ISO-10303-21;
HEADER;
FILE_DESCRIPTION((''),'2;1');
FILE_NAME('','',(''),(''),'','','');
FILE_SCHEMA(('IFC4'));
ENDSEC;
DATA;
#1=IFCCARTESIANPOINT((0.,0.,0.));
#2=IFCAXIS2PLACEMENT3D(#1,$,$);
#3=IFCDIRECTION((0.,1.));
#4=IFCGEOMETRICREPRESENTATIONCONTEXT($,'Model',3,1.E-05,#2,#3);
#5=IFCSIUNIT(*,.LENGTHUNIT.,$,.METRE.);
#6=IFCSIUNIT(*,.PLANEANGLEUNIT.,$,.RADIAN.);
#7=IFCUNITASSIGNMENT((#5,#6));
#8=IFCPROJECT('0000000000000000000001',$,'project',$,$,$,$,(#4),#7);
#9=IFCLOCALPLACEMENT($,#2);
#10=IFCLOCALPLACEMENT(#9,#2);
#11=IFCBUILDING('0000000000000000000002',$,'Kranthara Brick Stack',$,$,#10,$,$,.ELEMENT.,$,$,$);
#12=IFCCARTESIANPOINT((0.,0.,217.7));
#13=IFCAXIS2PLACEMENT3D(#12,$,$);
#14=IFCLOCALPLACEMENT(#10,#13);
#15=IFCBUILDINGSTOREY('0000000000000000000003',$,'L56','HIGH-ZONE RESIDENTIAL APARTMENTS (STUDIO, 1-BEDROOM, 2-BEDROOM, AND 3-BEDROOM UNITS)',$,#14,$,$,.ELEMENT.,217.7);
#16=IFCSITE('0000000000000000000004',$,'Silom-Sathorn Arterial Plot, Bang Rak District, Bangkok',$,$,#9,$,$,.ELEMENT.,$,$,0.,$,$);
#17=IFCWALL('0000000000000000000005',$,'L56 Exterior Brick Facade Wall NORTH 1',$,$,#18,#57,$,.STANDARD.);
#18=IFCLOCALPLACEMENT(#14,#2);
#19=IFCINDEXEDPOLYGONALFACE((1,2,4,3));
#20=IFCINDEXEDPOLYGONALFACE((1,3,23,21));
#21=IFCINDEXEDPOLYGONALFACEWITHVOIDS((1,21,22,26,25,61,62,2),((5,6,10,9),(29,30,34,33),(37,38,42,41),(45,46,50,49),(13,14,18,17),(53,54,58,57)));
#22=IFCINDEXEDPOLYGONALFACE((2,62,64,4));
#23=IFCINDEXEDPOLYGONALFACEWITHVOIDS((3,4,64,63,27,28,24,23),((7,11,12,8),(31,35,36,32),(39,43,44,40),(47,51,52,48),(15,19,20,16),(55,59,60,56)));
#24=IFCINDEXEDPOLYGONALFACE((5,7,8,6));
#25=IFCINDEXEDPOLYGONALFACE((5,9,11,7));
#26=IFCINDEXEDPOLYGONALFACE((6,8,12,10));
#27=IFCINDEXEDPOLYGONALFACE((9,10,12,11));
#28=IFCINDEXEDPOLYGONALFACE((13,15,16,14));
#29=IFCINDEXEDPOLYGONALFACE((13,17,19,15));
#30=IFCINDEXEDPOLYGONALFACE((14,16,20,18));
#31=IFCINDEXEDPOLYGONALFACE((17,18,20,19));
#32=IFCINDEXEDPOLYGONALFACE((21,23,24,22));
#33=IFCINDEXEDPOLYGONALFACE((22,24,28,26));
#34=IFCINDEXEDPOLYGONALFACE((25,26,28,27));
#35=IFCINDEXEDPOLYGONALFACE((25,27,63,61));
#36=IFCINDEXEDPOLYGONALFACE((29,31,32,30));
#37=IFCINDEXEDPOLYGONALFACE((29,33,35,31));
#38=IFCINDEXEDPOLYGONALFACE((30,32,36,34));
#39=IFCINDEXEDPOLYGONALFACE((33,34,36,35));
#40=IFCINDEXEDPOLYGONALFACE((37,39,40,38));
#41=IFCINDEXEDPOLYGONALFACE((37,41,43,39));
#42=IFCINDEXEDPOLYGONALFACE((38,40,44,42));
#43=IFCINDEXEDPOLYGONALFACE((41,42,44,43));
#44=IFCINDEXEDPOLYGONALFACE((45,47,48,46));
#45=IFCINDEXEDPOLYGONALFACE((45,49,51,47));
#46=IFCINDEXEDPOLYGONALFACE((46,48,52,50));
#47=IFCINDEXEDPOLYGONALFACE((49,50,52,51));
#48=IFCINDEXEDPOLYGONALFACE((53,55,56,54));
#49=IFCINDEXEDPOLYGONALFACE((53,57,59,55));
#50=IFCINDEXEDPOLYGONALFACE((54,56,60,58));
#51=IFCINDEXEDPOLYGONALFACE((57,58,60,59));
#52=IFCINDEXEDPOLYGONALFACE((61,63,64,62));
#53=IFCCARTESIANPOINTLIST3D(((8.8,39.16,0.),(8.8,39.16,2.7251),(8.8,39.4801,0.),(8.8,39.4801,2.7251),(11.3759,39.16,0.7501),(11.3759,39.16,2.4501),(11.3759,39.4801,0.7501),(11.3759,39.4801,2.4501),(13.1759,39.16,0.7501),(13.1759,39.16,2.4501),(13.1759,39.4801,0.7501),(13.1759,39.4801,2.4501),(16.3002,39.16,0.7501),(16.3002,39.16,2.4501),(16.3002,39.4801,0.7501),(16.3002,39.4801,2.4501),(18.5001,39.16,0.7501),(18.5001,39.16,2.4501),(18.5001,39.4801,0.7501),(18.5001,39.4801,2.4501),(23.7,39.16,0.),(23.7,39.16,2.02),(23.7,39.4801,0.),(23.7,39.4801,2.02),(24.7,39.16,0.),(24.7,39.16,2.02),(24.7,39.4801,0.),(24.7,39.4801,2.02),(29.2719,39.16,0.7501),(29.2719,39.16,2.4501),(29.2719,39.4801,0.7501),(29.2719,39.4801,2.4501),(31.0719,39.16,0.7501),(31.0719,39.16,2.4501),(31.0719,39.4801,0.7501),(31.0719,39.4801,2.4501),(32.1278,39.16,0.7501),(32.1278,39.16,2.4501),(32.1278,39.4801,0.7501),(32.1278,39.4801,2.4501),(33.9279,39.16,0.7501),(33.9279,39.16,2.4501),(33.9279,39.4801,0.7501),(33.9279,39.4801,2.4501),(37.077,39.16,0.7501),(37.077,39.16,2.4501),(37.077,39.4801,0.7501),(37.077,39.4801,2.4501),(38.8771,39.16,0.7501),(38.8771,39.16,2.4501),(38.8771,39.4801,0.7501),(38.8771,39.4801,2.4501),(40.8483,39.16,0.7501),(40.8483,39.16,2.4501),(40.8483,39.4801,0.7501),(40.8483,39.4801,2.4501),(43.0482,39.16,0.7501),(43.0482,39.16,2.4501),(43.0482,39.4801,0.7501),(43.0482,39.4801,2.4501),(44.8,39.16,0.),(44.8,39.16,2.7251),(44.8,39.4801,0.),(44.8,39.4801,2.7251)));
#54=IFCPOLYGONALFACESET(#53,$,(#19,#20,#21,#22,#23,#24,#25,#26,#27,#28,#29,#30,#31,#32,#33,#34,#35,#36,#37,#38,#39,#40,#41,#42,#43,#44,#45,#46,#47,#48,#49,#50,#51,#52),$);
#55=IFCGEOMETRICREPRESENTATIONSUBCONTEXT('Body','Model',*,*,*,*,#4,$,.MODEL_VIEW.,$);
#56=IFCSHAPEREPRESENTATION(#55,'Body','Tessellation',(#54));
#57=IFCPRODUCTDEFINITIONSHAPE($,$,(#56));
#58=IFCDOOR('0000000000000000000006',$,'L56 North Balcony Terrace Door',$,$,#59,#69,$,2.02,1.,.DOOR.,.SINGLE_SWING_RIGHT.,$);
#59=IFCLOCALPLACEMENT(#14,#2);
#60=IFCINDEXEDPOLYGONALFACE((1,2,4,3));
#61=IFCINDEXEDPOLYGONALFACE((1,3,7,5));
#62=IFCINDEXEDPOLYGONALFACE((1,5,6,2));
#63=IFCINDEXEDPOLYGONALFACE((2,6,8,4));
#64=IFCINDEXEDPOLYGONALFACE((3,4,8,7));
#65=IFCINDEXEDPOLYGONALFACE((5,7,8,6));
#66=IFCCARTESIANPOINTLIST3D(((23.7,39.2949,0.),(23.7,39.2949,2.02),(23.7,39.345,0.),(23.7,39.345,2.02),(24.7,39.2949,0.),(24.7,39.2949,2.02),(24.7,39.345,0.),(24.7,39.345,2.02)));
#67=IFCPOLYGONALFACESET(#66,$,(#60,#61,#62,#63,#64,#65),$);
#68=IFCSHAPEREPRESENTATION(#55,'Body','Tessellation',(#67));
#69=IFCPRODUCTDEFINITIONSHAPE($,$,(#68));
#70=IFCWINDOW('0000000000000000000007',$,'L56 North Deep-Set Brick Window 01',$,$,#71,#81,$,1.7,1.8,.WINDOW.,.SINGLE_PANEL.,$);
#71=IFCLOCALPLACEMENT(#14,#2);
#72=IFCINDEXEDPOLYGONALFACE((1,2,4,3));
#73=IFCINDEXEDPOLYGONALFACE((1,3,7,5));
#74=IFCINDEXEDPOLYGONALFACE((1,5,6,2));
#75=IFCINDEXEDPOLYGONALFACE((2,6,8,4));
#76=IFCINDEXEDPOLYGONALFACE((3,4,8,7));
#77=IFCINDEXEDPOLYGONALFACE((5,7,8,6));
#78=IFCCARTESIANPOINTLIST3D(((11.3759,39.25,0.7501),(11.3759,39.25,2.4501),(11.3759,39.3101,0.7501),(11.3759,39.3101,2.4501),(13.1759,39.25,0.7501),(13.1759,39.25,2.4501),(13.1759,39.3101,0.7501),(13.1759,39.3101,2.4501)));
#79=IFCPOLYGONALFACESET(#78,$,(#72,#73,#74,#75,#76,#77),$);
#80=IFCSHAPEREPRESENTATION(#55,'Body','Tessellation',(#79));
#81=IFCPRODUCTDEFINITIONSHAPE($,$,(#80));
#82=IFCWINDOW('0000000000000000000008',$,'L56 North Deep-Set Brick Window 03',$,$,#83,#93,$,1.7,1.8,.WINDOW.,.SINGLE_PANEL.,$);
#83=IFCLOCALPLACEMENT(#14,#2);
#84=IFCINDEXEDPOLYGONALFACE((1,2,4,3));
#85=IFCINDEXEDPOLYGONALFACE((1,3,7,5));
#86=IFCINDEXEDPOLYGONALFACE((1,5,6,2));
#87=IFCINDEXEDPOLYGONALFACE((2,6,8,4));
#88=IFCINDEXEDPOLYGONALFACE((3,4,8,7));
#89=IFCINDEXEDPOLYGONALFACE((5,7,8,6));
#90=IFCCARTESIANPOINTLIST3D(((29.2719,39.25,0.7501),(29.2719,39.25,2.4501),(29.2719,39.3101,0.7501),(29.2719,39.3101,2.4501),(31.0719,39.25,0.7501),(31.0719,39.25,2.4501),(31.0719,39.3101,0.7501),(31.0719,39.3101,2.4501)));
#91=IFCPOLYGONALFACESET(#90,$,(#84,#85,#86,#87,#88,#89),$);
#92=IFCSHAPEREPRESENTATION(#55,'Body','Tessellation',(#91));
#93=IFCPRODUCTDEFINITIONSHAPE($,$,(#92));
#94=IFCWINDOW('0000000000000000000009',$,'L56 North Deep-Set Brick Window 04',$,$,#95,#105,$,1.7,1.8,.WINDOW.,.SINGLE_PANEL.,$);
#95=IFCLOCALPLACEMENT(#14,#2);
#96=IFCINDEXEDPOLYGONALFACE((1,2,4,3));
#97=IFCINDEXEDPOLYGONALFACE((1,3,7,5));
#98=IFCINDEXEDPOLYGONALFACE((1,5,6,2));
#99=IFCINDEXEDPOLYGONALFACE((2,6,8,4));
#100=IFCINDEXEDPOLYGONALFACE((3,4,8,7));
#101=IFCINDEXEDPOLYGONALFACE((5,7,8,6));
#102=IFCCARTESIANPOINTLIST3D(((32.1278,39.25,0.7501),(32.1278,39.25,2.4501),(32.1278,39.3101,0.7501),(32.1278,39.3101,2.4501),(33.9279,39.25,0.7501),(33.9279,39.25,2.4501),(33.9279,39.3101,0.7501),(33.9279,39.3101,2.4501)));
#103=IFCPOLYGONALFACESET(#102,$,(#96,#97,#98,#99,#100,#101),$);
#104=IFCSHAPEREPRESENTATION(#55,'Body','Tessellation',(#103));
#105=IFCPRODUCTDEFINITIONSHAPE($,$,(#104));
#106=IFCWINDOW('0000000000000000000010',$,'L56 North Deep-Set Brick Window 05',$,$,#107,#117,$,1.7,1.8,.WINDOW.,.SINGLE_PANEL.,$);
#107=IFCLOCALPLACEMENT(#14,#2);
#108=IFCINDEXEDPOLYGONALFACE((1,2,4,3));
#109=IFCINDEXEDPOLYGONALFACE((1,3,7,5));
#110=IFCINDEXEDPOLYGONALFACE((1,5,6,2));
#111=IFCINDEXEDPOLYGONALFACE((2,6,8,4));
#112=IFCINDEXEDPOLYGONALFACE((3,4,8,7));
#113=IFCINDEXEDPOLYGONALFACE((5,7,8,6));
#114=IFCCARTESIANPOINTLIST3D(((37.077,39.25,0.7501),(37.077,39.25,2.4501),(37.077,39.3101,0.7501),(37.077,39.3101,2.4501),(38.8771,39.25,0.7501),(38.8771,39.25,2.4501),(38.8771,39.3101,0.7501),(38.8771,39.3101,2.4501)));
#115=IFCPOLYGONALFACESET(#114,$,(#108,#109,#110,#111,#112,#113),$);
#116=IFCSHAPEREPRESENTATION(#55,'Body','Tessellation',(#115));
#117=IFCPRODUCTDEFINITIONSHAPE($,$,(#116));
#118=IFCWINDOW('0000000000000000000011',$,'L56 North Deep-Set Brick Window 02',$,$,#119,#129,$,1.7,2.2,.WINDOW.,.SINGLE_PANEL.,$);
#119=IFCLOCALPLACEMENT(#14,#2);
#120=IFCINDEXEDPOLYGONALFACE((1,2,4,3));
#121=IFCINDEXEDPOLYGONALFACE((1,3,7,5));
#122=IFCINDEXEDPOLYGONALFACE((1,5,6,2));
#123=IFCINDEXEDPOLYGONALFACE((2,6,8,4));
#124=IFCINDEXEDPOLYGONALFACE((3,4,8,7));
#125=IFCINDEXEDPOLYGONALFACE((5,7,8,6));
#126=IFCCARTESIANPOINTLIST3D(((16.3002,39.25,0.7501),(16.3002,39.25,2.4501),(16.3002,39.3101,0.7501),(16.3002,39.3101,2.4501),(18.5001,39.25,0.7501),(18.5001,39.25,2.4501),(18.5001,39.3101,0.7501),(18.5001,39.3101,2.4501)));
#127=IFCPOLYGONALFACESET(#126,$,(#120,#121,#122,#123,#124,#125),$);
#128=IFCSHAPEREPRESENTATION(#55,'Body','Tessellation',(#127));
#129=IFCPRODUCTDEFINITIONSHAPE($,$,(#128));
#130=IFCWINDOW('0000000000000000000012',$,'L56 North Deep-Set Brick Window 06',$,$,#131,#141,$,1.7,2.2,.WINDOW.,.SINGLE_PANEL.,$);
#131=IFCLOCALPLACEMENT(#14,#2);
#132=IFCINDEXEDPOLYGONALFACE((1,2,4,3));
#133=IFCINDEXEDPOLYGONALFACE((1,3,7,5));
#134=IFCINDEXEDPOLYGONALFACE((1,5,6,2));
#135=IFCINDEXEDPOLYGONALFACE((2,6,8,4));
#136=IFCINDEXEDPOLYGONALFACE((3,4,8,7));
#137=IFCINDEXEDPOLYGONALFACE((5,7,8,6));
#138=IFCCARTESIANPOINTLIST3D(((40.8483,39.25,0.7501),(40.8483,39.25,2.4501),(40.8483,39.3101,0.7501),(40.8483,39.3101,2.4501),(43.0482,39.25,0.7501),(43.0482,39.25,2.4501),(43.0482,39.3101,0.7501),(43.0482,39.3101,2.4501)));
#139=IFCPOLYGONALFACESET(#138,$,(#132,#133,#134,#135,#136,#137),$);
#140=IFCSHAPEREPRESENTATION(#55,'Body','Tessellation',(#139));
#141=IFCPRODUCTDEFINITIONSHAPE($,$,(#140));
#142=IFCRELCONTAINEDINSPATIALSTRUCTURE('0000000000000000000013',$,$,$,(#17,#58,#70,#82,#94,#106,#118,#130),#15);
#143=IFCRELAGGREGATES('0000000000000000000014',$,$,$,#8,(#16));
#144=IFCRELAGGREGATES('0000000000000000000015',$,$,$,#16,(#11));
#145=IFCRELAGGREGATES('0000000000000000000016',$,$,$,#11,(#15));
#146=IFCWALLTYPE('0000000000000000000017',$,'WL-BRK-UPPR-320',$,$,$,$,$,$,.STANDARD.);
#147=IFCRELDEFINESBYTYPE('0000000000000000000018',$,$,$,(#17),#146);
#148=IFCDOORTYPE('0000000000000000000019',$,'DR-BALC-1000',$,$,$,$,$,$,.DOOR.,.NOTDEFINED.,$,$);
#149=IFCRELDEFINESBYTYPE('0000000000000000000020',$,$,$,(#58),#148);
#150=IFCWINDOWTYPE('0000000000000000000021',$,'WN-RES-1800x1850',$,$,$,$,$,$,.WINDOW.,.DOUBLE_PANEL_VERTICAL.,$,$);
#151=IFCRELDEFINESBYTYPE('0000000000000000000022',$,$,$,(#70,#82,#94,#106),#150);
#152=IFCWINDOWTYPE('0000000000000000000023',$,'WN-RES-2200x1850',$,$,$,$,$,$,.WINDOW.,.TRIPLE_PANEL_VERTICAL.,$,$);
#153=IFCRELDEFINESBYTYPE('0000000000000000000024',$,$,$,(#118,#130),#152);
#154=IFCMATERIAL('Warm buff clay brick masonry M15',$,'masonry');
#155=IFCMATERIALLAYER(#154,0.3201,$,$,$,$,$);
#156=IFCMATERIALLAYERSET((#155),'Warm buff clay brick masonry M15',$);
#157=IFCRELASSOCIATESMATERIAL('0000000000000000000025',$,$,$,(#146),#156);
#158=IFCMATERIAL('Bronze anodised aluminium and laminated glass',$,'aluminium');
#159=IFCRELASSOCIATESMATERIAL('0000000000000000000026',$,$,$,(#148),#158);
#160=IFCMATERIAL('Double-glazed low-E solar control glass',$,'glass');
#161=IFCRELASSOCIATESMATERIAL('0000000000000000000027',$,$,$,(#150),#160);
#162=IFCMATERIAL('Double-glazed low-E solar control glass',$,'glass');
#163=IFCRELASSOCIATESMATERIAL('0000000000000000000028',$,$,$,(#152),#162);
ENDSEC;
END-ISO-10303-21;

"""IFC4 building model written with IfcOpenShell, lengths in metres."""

from ifc_helpers import new_model, si_unit, direction, frame, frame_2d, origin, place, context, subcontext, project, spatial, rectangle, extrude, material, layer, layer_set, type_object, element, fill, save


model = new_model("IFC4")

# Units and contexts
model_context = context("Model", 3, precision=1e-05, world=origin(), true_north=direction((0.0, 1.0)))
body_context = subcontext(model_context, "Body", "Model", "MODEL_VIEW")
ifc_project = project(units=[si_unit("LENGTHUNIT", "METRE"), si_unit("PLANEANGLEUNIT", "RADIAN")], contexts=[model_context])

# Site, building, storey
site_placement = place(None, origin())
site = spatial("IfcSite", under=ifc_project, at=site_placement, Name="Silom-Sathorn Arterial Plot, Bang Rak District, Bangkok", CompositionType="ELEMENT", RefElevation=0.0)
building_placement = place(site_placement, origin())
building = spatial("IfcBuilding", under=site, at=building_placement, Name="Kranthara Brick Stack", CompositionType="ELEMENT")
storey_placement = place(building_placement, frame((0.0, 0.0, 217.7)))
storey = spatial("IfcBuildingStorey", under=building, at=storey_placement, Name="L56", Description="HIGH-ZONE RESIDENTIAL APARTMENTS (STUDIO, 1-BEDROOM, 2-BEDROOM, AND 3-BEDROOM UNITS)", CompositionType="ELEMENT", Elevation=217.7)

# Shared definitions
ifc_material_1 = material(Name="Warm buff clay brick masonry M15", Category="masonry")
ifc_layer_1 = layer(ifc_material_1, 0.3201)
ifc_layer_set_1 = layer_set([ifc_layer_1], Name="Warm buff clay brick masonry M15")
wall_type_1 = type_object("IfcWallType", Name="WL-BRK-UPPR-320", PredefinedType="STANDARD", material=ifc_layer_set_1)

# Wall, openings, door, windows
wall_1_placement = place(storey_placement, frame((8.8, 39.3201, 0.0), z_axis=(0.0, 0.0, 1.0), x_axis=(1.0, 0.0, 0.0)))
wall_1 = element("IfcWall", 1, at=wall_1_placement, inside=storey, type_object=wall_type_1, Name="L56 Exterior Brick Facade Wall NORTH 1", PredefinedType="STANDARD", context=body_context, shape_type="SweptSolid", body=[
    extrude(rectangle(XDim=36.0, YDim=0.3201, at=frame_2d((18.0, 0.0))), origin(), (0.0, 0.0, 1.0), 2.7251),
])
opening_1_placement = place(wall_1_placement, frame((14.8999, 0.0, 0.0)))
opening_1 = element("IfcOpeningElement", 2, at=opening_1_placement, cuts=wall_1, PredefinedType="OPENING", context=body_context, shape_type="SweptSolid", body=[
    extrude(rectangle(XDim=1.0, YDim=2.02, at=frame_2d((0.5, 1.01))), frame((0.0, 0.1699, 0.0), z_axis=(0.0, -1.0, 0.0), x_axis=(1.0, 0.0, 0.0)), (0.0, 0.0, 1.0), 0.3401),
])
opening_2_placement = place(wall_1_placement, frame((2.5759, 0.0, 0.75)))
opening_2 = element("IfcOpeningElement", 3, at=opening_2_placement, cuts=wall_1, PredefinedType="OPENING", context=body_context, shape_type="SweptSolid", body=[
    extrude(rectangle(XDim=1.8, YDim=1.7, at=frame_2d((0.8999, 0.8501))), frame((0.0, 0.1699, 0.0), z_axis=(0.0, -1.0, 0.0), x_axis=(1.0, 0.0, 0.0)), (0.0, 0.0, 1.0), 0.3401),
])
opening_3_placement = place(wall_1_placement, frame((7.5, 0.0, 0.75)))
opening_3 = element("IfcOpeningElement", 4, at=opening_3_placement, cuts=wall_1, PredefinedType="OPENING", context=body_context, shape_type="SweptSolid", body=[
    extrude(rectangle(XDim=2.2, YDim=1.7, at=frame_2d((1.1001, 0.8501))), frame((0.0, 0.1699, 0.0), z_axis=(0.0, -1.0, 0.0), x_axis=(1.0, 0.0, 0.0)), (0.0, 0.0, 1.0), 0.3401),
])
opening_4_placement = place(wall_1_placement, frame((20.4719, 0.0, 0.75)))
opening_4 = element("IfcOpeningElement", 5, at=opening_4_placement, cuts=wall_1, PredefinedType="OPENING", context=body_context, shape_type="SweptSolid", body=[
    extrude(rectangle(XDim=1.8, YDim=1.7, at=frame_2d((0.8999, 0.8501))), frame((0.0, 0.1699, 0.0), z_axis=(0.0, -1.0, 0.0), x_axis=(1.0, 0.0, 0.0)), (0.0, 0.0, 1.0), 0.3401),
])
opening_5_placement = place(wall_1_placement, frame((23.3279, 0.0, 0.75)))
opening_5 = element("IfcOpeningElement", 6, at=opening_5_placement, cuts=wall_1, PredefinedType="OPENING", context=body_context, shape_type="SweptSolid", body=[
    extrude(rectangle(XDim=1.8, YDim=1.7, at=frame_2d((0.8999, 0.8501))), frame((0.0, 0.1699, 0.0), z_axis=(0.0, -1.0, 0.0), x_axis=(1.0, 0.0, 0.0)), (0.0, 0.0, 1.0), 0.3401),
])
opening_6_placement = place(wall_1_placement, frame((28.2771, 0.0, 0.75)))
opening_6 = element("IfcOpeningElement", 7, at=opening_6_placement, cuts=wall_1, PredefinedType="OPENING", context=body_context, shape_type="SweptSolid", body=[
    extrude(rectangle(XDim=1.8, YDim=1.7, at=frame_2d((0.8999, 0.8501))), frame((0.0, 0.1699, 0.0), z_axis=(0.0, -1.0, 0.0), x_axis=(1.0, 0.0, 0.0)), (0.0, 0.0, 1.0), 0.3401),
])
opening_7_placement = place(wall_1_placement, frame((32.0481, 0.0, 0.75)))
opening_7 = element("IfcOpeningElement", 8, at=opening_7_placement, cuts=wall_1, PredefinedType="OPENING", context=body_context, shape_type="SweptSolid", body=[
    extrude(rectangle(XDim=2.2, YDim=1.7, at=frame_2d((1.1001, 0.8501))), frame((0.0, 0.1699, 0.0), z_axis=(0.0, -1.0, 0.0), x_axis=(1.0, 0.0, 0.0)), (0.0, 0.0, 1.0), 0.3401),
])
ifc_material_2 = material(Name="Bronze anodised aluminium and laminated glass", Category="aluminium")
door_type_1 = type_object("IfcDoorType", Name="DR-BALC-1000", OperationType="NOTDEFINED", PredefinedType="DOOR", material=ifc_material_2)
door_1_placement = place(opening_1_placement, origin())
door_1 = element("IfcDoor", 9, at=door_1_placement, inside=storey, type_object=door_type_1, Name="L56 North Balcony Terrace Door", OperationType="SINGLE_SWING_RIGHT", OverallHeight=2.02, OverallWidth=1.0, PredefinedType="DOOR", context=body_context, shape_type="SweptSolid", body=[
    extrude(rectangle(XDim=1.0, YDim=2.02, at=frame_2d((0.5, 1.01))), frame((0.0, 0.0249, 0.0), z_axis=(0.0, -1.0, 0.0), x_axis=(1.0, 0.0, 0.0)), (0.0, 0.0, 1.0), 0.05),
])
fill(opening_1, door_1)
ifc_material_3 = material(Name="Double-glazed low-E solar control glass", Category="glass")
window_type_1 = type_object("IfcWindowType", Name="WN-RES-1800x1850", PartitioningType="DOUBLE_PANEL_VERTICAL", PredefinedType="WINDOW", material=ifc_material_3)
window_1_placement = place(opening_2_placement, origin())
window_1 = element("IfcWindow", 10, at=window_1_placement, inside=storey, type_object=window_type_1, Name="L56 North Deep-Set Brick Window 01", OverallHeight=1.7, OverallWidth=1.8, PartitioningType="SINGLE_PANEL", PredefinedType="WINDOW", context=body_context, shape_type="SweptSolid", body=[
    extrude(rectangle(XDim=1.8, YDim=1.7, at=frame_2d((0.8999, 0.8501))), frame((0.0, -0.01, 0.0), z_axis=(0.0, -1.0, 0.0), x_axis=(1.0, 0.0, 0.0)), (0.0, 0.0, 1.0), 0.0601),
])
fill(opening_2, window_1)
window_2_placement = place(opening_4_placement, origin())
window_2 = element("IfcWindow", 11, at=window_2_placement, inside=storey, type_object=window_type_1, Name="L56 North Deep-Set Brick Window 03", OverallHeight=1.7, OverallWidth=1.8, PartitioningType="SINGLE_PANEL", PredefinedType="WINDOW", context=body_context, shape_type="SweptSolid", body=[
    extrude(rectangle(XDim=1.8, YDim=1.7, at=frame_2d((0.8999, 0.8501))), frame((0.0, -0.01, 0.0), z_axis=(0.0, -1.0, 0.0), x_axis=(1.0, 0.0, 0.0)), (0.0, 0.0, 1.0), 0.0601),
])
fill(opening_4, window_2)
window_3_placement = place(opening_5_placement, origin())
window_3 = element("IfcWindow", 12, at=window_3_placement, inside=storey, type_object=window_type_1, Name="L56 North Deep-Set Brick Window 04", OverallHeight=1.7, OverallWidth=1.8, PartitioningType="SINGLE_PANEL", PredefinedType="WINDOW", context=body_context, shape_type="SweptSolid", body=[
    extrude(rectangle(XDim=1.8, YDim=1.7, at=frame_2d((0.8999, 0.8501))), frame((0.0, -0.01, 0.0), z_axis=(0.0, -1.0, 0.0), x_axis=(1.0, 0.0, 0.0)), (0.0, 0.0, 1.0), 0.0601),
])
fill(opening_5, window_3)
window_4_placement = place(opening_6_placement, origin())
window_4 = element("IfcWindow", 13, at=window_4_placement, inside=storey, type_object=window_type_1, Name="L56 North Deep-Set Brick Window 05", OverallHeight=1.7, OverallWidth=1.8, PartitioningType="SINGLE_PANEL", PredefinedType="WINDOW", context=body_context, shape_type="SweptSolid", body=[
    extrude(rectangle(XDim=1.8, YDim=1.7, at=frame_2d((0.8999, 0.8501))), frame((0.0, -0.01, 0.0), z_axis=(0.0, -1.0, 0.0), x_axis=(1.0, 0.0, 0.0)), (0.0, 0.0, 1.0), 0.0601),
])
fill(opening_6, window_4)
ifc_material_4 = material(Name="Double-glazed low-E solar control glass", Category="glass")
window_type_2 = type_object("IfcWindowType", Name="WN-RES-2200x1850", PartitioningType="TRIPLE_PANEL_VERTICAL", PredefinedType="WINDOW", material=ifc_material_4)
window_5_placement = place(opening_3_placement, origin())
window_5 = element("IfcWindow", 14, at=window_5_placement, inside=storey, type_object=window_type_2, Name="L56 North Deep-Set Brick Window 02", OverallHeight=1.7, OverallWidth=2.2, PartitioningType="SINGLE_PANEL", PredefinedType="WINDOW", context=body_context, shape_type="SweptSolid", body=[
    extrude(rectangle(XDim=2.2, YDim=1.7, at=frame_2d((1.1001, 0.8501))), frame((0.0, -0.01, 0.0), z_axis=(0.0, -1.0, 0.0), x_axis=(1.0, 0.0, 0.0)), (0.0, 0.0, 1.0), 0.0601),
])
fill(opening_3, window_5)
window_6_placement = place(opening_7_placement, origin())
window_6 = element("IfcWindow", 15, at=window_6_placement, inside=storey, type_object=window_type_2, Name="L56 North Deep-Set Brick Window 06", OverallHeight=1.7, OverallWidth=2.2, PartitioningType="SINGLE_PANEL", PredefinedType="WINDOW", context=body_context, shape_type="SweptSolid", body=[
    extrude(rectangle(XDim=2.2, YDim=1.7, at=frame_2d((1.1001, 0.8501))), frame((0.0, -0.01, 0.0), z_axis=(0.0, -1.0, 0.0), x_axis=(1.0, 0.0, 0.0)), (0.0, 0.0, 1.0), 0.0601),
])
fill(opening_7, window_6)

save(model, "model.ifc")
